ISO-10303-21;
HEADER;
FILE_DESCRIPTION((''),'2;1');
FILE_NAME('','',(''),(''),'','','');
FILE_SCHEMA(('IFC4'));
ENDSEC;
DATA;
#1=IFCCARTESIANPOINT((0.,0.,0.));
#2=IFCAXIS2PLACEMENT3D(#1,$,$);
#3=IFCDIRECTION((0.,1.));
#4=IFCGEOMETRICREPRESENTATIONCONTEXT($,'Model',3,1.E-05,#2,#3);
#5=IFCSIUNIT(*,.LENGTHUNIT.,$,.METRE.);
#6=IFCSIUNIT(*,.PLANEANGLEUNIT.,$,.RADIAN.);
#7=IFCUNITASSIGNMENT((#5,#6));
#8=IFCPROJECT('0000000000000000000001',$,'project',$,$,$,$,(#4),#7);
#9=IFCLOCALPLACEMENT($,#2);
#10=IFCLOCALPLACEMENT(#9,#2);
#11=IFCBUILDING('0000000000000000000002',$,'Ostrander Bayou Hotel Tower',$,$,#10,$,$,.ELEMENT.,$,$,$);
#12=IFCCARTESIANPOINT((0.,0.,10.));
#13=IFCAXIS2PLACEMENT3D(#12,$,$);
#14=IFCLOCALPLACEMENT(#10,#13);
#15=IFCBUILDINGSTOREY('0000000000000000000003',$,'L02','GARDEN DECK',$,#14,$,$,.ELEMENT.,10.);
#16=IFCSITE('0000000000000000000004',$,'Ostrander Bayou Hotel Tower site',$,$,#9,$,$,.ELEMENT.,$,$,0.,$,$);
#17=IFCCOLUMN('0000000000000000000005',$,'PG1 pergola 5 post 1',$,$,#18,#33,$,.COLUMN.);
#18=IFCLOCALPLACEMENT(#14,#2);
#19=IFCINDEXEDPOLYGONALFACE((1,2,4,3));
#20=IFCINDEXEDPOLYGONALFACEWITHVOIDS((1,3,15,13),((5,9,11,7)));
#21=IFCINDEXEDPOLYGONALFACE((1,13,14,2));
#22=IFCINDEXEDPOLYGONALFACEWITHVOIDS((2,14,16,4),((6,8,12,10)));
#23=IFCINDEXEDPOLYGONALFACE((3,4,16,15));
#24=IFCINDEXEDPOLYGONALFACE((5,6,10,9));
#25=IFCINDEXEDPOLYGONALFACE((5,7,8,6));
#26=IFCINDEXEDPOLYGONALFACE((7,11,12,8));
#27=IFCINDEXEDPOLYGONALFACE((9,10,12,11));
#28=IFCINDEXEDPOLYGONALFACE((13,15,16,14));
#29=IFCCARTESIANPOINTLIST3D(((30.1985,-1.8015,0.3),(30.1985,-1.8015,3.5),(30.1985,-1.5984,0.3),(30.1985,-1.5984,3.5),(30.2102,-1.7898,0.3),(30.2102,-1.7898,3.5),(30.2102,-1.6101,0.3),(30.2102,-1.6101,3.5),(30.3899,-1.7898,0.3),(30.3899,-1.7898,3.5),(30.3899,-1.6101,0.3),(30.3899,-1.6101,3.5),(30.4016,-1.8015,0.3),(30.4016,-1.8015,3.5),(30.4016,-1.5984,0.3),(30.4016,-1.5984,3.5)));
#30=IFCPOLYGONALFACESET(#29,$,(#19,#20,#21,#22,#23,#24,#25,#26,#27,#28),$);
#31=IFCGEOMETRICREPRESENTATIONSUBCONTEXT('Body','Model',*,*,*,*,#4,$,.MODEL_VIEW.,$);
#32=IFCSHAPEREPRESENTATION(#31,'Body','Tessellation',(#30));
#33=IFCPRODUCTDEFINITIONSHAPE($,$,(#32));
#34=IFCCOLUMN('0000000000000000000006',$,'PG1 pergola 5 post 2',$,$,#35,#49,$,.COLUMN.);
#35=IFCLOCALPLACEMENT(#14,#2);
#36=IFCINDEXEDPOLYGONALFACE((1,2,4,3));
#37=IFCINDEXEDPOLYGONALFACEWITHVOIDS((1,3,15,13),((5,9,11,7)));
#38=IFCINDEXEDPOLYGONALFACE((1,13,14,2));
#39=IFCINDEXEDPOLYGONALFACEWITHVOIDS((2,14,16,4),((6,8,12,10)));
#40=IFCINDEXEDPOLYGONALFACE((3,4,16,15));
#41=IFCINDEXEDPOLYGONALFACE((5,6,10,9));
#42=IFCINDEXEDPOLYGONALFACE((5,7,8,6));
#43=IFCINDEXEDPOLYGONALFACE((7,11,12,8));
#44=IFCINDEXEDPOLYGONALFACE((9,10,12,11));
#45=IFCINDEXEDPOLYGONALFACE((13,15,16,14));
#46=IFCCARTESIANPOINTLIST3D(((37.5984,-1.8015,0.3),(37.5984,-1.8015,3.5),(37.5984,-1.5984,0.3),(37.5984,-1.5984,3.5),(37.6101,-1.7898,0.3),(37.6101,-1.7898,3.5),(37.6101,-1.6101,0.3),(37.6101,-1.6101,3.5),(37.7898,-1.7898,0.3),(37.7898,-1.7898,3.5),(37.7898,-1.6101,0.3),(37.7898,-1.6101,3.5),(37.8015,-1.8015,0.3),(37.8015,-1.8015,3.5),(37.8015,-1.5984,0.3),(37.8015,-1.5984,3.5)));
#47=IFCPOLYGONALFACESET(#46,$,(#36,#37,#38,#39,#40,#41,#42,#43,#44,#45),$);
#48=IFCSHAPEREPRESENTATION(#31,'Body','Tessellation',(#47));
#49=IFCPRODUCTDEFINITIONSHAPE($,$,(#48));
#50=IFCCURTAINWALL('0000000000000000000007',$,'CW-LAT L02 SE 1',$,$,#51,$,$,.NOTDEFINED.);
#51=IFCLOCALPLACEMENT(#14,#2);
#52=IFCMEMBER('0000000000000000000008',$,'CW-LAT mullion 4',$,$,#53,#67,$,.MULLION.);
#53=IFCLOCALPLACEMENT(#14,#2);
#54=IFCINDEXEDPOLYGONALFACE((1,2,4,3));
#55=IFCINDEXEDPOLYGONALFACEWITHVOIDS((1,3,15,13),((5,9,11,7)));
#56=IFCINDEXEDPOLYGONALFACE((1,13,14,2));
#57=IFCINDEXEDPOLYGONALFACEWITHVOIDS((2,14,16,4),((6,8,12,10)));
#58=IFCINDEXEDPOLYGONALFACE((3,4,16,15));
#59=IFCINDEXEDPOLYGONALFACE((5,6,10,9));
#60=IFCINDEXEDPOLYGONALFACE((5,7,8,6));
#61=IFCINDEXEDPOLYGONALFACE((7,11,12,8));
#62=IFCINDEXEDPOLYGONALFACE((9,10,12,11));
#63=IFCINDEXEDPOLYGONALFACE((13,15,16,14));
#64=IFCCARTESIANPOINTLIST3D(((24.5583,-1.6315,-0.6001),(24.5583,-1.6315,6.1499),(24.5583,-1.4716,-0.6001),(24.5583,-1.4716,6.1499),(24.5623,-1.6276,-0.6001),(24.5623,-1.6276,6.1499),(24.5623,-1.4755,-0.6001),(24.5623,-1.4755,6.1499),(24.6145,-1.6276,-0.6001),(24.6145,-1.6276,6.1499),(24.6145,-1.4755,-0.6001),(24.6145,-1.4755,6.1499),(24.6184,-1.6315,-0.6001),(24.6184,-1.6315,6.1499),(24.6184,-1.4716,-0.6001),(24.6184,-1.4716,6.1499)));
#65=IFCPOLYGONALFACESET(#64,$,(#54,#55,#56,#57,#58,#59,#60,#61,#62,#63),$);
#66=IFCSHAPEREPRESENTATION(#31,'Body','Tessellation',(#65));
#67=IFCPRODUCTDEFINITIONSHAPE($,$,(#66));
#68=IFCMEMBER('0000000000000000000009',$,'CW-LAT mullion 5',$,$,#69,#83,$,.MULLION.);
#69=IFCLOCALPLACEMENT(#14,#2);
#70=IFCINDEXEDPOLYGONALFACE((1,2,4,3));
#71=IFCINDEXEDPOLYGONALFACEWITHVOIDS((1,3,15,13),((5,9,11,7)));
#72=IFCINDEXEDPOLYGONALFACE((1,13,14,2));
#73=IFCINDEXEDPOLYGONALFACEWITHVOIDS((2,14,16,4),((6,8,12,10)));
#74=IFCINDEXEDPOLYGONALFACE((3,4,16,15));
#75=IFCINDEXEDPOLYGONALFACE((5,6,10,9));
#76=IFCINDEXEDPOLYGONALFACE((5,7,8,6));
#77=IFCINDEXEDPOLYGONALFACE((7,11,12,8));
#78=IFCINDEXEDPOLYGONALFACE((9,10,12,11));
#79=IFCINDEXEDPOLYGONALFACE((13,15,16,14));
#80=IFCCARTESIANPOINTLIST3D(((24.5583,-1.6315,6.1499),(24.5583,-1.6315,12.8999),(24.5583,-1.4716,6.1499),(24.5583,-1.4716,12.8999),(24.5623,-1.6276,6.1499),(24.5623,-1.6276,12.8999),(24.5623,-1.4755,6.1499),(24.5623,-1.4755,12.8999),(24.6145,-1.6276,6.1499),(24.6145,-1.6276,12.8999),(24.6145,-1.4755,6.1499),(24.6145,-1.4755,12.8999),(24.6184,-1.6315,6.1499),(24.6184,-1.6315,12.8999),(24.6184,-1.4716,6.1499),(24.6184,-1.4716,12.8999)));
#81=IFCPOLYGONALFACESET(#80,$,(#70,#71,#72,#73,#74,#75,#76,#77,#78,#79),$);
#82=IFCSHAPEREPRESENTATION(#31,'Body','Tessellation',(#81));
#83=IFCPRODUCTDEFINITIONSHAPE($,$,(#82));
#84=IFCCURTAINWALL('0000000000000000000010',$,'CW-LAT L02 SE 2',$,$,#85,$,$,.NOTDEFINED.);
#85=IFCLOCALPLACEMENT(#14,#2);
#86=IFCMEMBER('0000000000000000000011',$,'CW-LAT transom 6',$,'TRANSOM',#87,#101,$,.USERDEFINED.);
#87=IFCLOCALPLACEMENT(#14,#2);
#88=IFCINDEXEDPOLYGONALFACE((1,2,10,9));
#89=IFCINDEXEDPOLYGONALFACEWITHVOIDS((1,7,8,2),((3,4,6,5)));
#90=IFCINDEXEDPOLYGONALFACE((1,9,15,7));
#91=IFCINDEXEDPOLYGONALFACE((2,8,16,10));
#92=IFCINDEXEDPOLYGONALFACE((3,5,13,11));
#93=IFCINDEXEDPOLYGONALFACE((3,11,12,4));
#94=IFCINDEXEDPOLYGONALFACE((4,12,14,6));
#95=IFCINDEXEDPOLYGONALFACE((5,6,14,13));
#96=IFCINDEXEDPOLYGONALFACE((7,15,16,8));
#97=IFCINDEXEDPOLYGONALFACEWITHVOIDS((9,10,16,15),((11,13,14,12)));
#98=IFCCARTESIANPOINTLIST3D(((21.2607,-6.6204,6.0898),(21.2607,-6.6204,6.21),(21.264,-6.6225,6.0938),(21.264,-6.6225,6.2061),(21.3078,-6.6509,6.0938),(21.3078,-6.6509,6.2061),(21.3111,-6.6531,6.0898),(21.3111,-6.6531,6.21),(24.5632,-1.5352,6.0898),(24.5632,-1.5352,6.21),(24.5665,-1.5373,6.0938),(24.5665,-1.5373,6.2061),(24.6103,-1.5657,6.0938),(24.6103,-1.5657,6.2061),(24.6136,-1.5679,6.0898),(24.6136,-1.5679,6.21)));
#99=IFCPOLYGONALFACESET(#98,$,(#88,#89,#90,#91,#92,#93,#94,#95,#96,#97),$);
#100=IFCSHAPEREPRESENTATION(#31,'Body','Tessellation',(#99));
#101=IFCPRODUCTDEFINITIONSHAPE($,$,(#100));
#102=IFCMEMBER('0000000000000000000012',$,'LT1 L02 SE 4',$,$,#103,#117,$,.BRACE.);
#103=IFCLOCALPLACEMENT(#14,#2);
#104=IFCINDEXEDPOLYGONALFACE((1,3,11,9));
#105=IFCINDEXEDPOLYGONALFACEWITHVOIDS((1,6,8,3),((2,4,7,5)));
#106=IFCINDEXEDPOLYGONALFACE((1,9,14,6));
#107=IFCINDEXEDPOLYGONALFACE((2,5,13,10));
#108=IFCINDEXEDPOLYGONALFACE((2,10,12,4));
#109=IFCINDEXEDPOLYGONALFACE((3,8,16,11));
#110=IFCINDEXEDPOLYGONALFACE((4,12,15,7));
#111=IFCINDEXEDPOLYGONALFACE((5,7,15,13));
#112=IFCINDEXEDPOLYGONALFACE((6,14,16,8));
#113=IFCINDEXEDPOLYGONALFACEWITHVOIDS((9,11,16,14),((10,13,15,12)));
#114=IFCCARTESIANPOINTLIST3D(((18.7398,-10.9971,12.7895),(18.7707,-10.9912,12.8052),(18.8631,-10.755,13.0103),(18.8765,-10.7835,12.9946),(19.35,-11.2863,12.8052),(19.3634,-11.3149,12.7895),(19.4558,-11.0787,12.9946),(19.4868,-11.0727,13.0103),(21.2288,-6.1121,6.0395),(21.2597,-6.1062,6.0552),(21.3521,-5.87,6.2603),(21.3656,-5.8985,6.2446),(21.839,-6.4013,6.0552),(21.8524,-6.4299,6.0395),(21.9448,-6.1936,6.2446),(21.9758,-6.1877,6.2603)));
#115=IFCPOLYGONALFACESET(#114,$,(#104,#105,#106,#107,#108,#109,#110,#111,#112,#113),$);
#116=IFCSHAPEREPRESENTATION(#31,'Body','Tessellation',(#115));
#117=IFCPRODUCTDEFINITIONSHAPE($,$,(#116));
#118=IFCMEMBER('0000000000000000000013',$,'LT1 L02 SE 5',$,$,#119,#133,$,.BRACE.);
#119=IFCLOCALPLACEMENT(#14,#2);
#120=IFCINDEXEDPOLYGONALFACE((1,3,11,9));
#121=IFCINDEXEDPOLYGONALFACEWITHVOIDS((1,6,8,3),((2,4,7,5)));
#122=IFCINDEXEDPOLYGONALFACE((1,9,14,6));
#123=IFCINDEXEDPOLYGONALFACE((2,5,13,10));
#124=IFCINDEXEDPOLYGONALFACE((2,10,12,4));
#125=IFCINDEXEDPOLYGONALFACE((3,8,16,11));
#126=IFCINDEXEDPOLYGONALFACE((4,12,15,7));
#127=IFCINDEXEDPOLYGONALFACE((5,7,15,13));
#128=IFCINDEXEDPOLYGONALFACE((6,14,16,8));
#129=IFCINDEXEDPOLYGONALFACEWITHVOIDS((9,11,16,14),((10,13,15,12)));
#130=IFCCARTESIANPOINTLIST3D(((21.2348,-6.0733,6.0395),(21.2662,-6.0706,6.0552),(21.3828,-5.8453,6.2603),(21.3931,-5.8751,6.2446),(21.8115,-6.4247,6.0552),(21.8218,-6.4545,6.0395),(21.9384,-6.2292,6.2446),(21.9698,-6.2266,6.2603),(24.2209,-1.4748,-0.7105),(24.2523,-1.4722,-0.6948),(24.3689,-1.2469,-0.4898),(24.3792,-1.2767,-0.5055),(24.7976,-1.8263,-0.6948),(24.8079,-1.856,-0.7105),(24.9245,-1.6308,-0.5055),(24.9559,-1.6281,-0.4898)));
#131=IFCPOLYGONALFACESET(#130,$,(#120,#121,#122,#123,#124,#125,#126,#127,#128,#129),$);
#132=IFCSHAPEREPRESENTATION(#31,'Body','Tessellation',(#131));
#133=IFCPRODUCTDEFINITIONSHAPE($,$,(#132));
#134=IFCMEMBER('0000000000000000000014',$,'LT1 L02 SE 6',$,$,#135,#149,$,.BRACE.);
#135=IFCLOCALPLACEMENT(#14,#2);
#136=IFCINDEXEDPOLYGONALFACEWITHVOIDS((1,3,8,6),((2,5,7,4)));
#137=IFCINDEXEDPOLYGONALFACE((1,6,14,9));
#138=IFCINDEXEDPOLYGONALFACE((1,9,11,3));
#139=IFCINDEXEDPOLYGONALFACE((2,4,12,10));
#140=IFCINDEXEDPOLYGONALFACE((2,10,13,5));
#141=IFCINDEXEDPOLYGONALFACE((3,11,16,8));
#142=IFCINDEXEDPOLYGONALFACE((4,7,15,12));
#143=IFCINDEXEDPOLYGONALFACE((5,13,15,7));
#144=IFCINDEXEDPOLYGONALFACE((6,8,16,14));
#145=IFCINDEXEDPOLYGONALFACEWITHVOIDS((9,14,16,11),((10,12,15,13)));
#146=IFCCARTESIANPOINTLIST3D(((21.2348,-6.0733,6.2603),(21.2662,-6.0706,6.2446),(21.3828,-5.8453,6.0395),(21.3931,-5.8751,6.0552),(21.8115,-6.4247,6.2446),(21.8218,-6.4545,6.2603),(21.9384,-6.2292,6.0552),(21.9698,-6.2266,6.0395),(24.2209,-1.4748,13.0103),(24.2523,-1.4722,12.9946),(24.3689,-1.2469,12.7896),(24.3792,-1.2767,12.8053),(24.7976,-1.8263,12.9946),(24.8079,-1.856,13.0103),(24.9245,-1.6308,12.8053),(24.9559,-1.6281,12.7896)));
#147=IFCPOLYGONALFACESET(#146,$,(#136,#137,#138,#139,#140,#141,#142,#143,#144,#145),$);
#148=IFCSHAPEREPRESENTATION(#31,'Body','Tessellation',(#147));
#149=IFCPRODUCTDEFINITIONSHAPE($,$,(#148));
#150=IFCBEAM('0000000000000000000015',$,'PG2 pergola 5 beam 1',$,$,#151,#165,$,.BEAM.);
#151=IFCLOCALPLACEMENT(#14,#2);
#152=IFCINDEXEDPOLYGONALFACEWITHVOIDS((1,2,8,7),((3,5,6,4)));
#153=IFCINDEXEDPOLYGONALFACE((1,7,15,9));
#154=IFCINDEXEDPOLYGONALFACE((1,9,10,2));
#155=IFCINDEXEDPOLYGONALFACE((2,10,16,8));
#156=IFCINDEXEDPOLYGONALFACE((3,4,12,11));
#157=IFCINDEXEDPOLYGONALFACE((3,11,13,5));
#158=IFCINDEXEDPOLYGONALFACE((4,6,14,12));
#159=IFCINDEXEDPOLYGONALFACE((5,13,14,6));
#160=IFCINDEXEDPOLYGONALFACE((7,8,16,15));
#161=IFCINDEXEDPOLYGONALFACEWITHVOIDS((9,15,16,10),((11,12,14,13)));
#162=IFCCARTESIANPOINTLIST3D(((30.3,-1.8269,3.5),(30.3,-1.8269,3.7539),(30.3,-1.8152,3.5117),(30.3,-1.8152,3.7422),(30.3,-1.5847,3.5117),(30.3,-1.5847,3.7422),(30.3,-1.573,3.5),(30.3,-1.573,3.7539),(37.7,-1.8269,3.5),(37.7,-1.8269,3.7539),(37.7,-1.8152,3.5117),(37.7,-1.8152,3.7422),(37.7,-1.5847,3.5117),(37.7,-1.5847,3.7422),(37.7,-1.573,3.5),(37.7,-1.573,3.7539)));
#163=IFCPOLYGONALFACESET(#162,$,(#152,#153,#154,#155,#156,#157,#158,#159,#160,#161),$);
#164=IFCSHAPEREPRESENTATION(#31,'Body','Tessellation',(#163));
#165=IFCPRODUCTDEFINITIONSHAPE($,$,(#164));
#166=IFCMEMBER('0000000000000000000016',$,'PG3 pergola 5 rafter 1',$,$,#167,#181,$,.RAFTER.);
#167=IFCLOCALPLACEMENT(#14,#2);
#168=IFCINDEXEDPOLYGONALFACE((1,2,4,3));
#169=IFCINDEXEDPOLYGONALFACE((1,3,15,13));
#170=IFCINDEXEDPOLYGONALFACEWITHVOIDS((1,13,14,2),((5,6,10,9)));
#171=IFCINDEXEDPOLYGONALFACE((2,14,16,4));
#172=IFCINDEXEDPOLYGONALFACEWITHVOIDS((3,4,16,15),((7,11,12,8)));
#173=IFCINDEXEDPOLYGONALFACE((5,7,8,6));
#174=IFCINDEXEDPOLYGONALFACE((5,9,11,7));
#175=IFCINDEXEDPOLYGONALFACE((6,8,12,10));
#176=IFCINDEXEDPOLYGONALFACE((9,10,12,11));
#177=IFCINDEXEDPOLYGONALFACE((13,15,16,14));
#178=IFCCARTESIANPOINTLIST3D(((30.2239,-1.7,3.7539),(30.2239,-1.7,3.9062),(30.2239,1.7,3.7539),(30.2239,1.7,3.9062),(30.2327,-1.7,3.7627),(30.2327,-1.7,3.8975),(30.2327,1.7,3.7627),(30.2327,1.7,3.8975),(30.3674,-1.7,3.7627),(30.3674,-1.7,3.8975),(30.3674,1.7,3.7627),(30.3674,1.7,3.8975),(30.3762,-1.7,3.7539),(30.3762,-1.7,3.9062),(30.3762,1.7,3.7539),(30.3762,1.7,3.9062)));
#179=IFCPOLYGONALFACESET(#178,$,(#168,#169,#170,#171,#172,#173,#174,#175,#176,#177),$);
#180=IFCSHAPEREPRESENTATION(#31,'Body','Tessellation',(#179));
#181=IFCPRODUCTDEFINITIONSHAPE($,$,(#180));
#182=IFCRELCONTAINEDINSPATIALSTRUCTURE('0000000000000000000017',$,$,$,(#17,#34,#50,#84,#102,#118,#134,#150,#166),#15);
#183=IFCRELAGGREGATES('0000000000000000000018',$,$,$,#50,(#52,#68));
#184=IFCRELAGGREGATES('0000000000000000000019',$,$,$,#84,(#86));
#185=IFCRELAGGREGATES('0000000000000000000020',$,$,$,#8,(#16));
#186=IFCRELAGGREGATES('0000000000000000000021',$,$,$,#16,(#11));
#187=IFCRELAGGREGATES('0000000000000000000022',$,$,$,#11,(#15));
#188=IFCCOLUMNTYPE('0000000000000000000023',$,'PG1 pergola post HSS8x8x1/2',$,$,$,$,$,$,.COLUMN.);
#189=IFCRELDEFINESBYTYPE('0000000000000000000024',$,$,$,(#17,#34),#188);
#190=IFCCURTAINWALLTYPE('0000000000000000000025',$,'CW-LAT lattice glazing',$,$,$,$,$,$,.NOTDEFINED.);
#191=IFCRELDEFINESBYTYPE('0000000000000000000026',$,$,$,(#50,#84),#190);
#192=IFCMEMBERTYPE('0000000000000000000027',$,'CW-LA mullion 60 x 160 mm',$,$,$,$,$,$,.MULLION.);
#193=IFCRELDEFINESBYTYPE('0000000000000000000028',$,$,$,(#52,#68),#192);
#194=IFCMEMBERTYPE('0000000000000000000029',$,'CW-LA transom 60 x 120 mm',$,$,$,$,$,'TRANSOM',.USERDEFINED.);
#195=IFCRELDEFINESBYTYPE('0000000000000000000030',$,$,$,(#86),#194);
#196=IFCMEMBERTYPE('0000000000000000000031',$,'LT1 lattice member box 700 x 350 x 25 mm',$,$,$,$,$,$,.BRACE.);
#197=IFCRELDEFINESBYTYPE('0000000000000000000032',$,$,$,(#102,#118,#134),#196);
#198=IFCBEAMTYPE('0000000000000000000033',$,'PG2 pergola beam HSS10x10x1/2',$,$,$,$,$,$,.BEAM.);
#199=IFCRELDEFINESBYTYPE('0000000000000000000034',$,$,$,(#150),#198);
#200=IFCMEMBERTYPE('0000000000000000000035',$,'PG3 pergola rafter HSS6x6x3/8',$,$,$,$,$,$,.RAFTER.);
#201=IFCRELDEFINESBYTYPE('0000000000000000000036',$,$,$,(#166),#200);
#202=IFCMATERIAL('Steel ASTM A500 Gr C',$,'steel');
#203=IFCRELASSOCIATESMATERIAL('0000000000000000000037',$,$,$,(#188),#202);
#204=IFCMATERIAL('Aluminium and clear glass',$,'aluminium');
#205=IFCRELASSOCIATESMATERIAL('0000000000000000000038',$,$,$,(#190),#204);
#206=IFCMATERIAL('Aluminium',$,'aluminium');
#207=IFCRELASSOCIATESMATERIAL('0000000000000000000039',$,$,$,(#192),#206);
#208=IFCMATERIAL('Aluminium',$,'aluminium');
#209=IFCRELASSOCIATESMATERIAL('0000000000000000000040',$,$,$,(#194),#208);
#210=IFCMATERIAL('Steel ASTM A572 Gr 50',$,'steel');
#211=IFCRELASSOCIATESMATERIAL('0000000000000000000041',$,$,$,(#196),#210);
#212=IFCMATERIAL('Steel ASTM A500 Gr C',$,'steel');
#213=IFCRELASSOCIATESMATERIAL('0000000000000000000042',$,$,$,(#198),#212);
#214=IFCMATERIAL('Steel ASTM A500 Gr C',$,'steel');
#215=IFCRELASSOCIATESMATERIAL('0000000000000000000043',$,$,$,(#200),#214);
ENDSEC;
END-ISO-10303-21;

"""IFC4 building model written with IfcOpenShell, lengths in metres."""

from ifc_helpers import new_model, si_unit, direction, frame, origin, origin_2d, place, context, subcontext, project, spatial, hollow_rectangle, extrude, material, material_profile, profile_set, type_object, element, aggregate, save


model = new_model("IFC4")

# Units and contexts
model_context = context("Model", 3, precision=1e-05, world=origin(), true_north=direction((0.0, 1.0)))
body_context = subcontext(model_context, "Body", "Model", "MODEL_VIEW")
ifc_project = project(units=[si_unit("LENGTHUNIT", "METRE"), si_unit("PLANEANGLEUNIT", "RADIAN")], contexts=[model_context])

# Site, building, storey
site_placement = place(None, origin())
site = spatial("IfcSite", under=ifc_project, at=site_placement, Name="Ostrander Bayou Hotel Tower site", CompositionType="ELEMENT", RefElevation=0.0)
building_placement = place(site_placement, origin())
building = spatial("IfcBuilding", under=site, at=building_placement, Name="Ostrander Bayou Hotel Tower", CompositionType="ELEMENT")
storey_placement = place(building_placement, frame((0.0, 0.0, 10.0)))
storey = spatial("IfcBuildingStorey", under=building, at=storey_placement, Name="L02", Description="GARDEN DECK", CompositionType="ELEMENT", Elevation=10.0)

# Columns
ifc_material_1 = material(Name="Steel ASTM A500 Gr C", Category="steel")
ifc_material_profile_1 = material_profile(ifc_material_1, hollow_rectangle(XDim=0.2031, YDim=0.2031, WallThickness=0.0117, at=origin_2d()))
ifc_profile_set_1 = profile_set([ifc_material_profile_1], Name="Steel ASTM A500 Gr C")
column_type = type_object("IfcColumnType", Name="PG1 pergola post HSS8x8x1/2", PredefinedType="COLUMN", material=ifc_profile_set_1)
for number, where, z_axis, x_axis, name in (
    (1, (30.3, -1.7, 0.3), (0.0, 0.0, 1.0), (1.0, 0.0, 0.0), "PG1 pergola 5 post 1"),
    (2, (37.7, -1.7, 0.3), (0.0, 0.0, 1.0), (1.0, 0.0, 0.0), "PG1 pergola 5 post 2"),
):
    element("IfcColumn", number, at=place(storey_placement, frame(where, z_axis=z_axis, x_axis=x_axis)), inside=storey, type_object=column_type, Name=name, PredefinedType="COLUMN", context=body_context, shape_type="SweptSolid", body=[
        extrude(hollow_rectangle(XDim=0.2031, YDim=0.2031, WallThickness=0.0117, at=origin_2d()), origin(), (0.0, 0.0, 1.0), 3.2),
    ])

# Curtain wall, members
ifc_material_2 = material(Name="Aluminium and clear glass", Category="aluminium")
curtain_wall_type = type_object("IfcCurtainWallType", Name="CW-LAT lattice glazing", PredefinedType="NOTDEFINED", material=ifc_material_2)
curtain_wall_1_placement = place(storey_placement, origin())
curtain_wall_1 = element("IfcCurtainWall", 3, at=curtain_wall_1_placement, inside=storey, type_object=curtain_wall_type, Name="CW-LAT L02 SE 1", PredefinedType="NOTDEFINED")
ifc_material_3 = material(Name="Aluminium", Category="aluminium")
ifc_material_profile_2 = material_profile(ifc_material_3, hollow_rectangle(XDim=0.0601, YDim=0.1599, WallThickness=0.0039, at=origin_2d()))
ifc_profile_set_2 = profile_set([ifc_material_profile_2], Name="Aluminium")
member_type_1 = type_object("IfcMemberType", Name="CW-LA mullion 60 x 160 mm", PredefinedType="MULLION", material=ifc_profile_set_2)
member_1_placement = place(storey_placement, frame((24.5884, -1.5515, -0.6001), z_axis=(0.0, 0.0, 1.0), x_axis=(1.0, 0.0, 0.0)))
member_1 = element("IfcMember", 4, at=member_1_placement, type_object=member_type_1, Name="CW-LAT mullion 4", PredefinedType="MULLION", context=body_context, shape_type="SweptSolid", body=[
    extrude(hollow_rectangle(XDim=0.0601, YDim=0.1599, WallThickness=0.0039, at=origin_2d()), origin(), (0.0, 0.0, 1.0), 6.75),
])
member_2_placement = place(storey_placement, frame((24.5884, -1.5515, 6.1499), z_axis=(0.0, 0.0, 1.0), x_axis=(1.0, 0.0, 0.0)))
member_2 = element("IfcMember", 5, at=member_2_placement, type_object=member_type_1, Name="CW-LAT mullion 5", PredefinedType="MULLION", context=body_context, shape_type="SweptSolid", body=[
    extrude(hollow_rectangle(XDim=0.0601, YDim=0.1599, WallThickness=0.0039, at=origin_2d()), origin(), (0.0, 0.0, 1.0), 6.75),
])

# Curtain wall, member
curtain_wall_2_placement = place(storey_placement, origin())
curtain_wall_2 = element("IfcCurtainWall", 6, at=curtain_wall_2_placement, inside=storey, type_object=curtain_wall_type, Name="CW-LAT L02 SE 2", PredefinedType="NOTDEFINED")
ifc_material_4 = material(Name="Aluminium", Category="aluminium")
ifc_material_profile_3 = material_profile(ifc_material_4, hollow_rectangle(XDim=0.0601, YDim=0.1201, WallThickness=0.0039, at=origin_2d()))
ifc_profile_set_3 = profile_set([ifc_material_profile_3], Name="Aluminium")
member_type_2 = type_object("IfcMemberType", Name="CW-LA transom 60 x 120 mm", ElementType="TRANSOM", PredefinedType="USERDEFINED", material=ifc_profile_set_3)
member_3_placement = place(storey_placement, frame((24.5884, -1.5515, 6.1499), z_axis=(-0.544653, -0.838662, 0.0), x_axis=(0.838662, -0.544653, 0.0)))
member_3 = element("IfcMember", 7, at=member_3_placement, type_object=member_type_2, Name="CW-LAT transom 6", ObjectType="TRANSOM", PredefinedType="USERDEFINED", context=body_context, shape_type="SweptSolid", body=[
    extrude(hollow_rectangle(XDim=0.0601, YDim=0.1201, WallThickness=0.0039, at=origin_2d()), origin(), (0.0, 0.0, 1.0), 6.0635),
])

# Members
ifc_material_5 = material(Name="Steel ASTM A572 Gr 50", Category="steel")
ifc_material_profile_4 = material_profile(ifc_material_5, hollow_rectangle(XDim=0.7, YDim=0.3501, WallThickness=0.0249, at=origin_2d()))
ifc_profile_set_4 = profile_set([ifc_material_profile_4], Name="Steel ASTM A572 Gr 50")
member_type_3 = type_object("IfcMemberType", Name="LT1 lattice member box 700 x 350 x 25 mm", PredefinedType="BRACE", material=ifc_profile_set_4)
member_4_placement = place(storey_placement, frame((21.6023, -6.1499, 6.1499), z_axis=(-0.286224, -0.561751, 0.776216), x_axis=(0.891008, -0.453987, 0.0)))
element("IfcMember", 8, at=member_4_placement, inside=storey, type_object=member_type_3, Name="LT1 L02 SE 4", PredefinedType="BRACE", context=body_context, shape_type="SweptSolid", body=[
    extrude(hollow_rectangle(XDim=0.7, YDim=0.3501, WallThickness=0.0249, at=origin_2d()), origin(), (0.0, 0.0, 1.0), 8.696),
])
for number, where, z_axis, x_axis, name in (
    (9, (21.6023, -6.1499, 6.1499), (0.343377, 0.52878, -0.776199), (-0.838683, 0.54462, 0.0), "LT1 L02 SE 5"),
    (10, (21.6023, -6.1499, 6.1499), (0.343377, 0.52878, 0.776199), (-0.838683, 0.54462, 0.0), "LT1 L02 SE 6"),
):
    element("IfcMember", number, at=place(storey_placement, frame(where, z_axis=z_axis, x_axis=x_axis)), inside=storey, type_object=member_type_3, Name=name, PredefinedType="BRACE", context=body_context, shape_type="SweptSolid", body=[
        extrude(hollow_rectangle(XDim=0.7, YDim=0.3501, WallThickness=0.0249, at=origin_2d()), origin(), (0.0, 0.0, 1.0), 8.6963),
    ])

# Beam
ifc_material_6 = material(Name="Steel ASTM A500 Gr C", Category="steel")
ifc_material_profile_5 = material_profile(ifc_material_6, hollow_rectangle(XDim=0.2539, YDim=0.2539, WallThickness=0.0117, at=origin_2d()))
ifc_profile_set_5 = profile_set([ifc_material_profile_5], Name="Steel ASTM A500 Gr C")
beam_type_1 = type_object("IfcBeamType", Name="PG2 pergola beam HSS10x10x1/2", PredefinedType="BEAM", material=ifc_profile_set_5)
beam_1_placement = place(storey_placement, frame((30.3, -1.7, 3.627), z_axis=(1.0, 0.0, 0.0), x_axis=(0.0, 1.0, 0.0)))
element("IfcBeam", 11, at=beam_1_placement, inside=storey, type_object=beam_type_1, Name="PG2 pergola 5 beam 1", PredefinedType="BEAM", context=body_context, shape_type="SweptSolid", body=[
    extrude(hollow_rectangle(XDim=0.2539, YDim=0.2539, WallThickness=0.0117, at=origin_2d()), origin(), (0.0, 0.0, 1.0), 7.3999),
])

# Member
ifc_material_7 = material(Name="Steel ASTM A500 Gr C", Category="steel")
ifc_material_profile_6 = material_profile(ifc_material_7, hollow_rectangle(XDim=0.1523, YDim=0.1523, WallThickness=0.0088, at=origin_2d()))
ifc_profile_set_6 = profile_set([ifc_material_profile_6], Name="Steel ASTM A500 Gr C")
member_type_4 = type_object("IfcMemberType", Name="PG3 pergola rafter HSS6x6x3/8", PredefinedType="RAFTER", material=ifc_profile_set_6)
for number, where, z_axis, x_axis, name in (
    (12, (30.3, -1.7, 3.8301), (0.0, 1.0, 0.0), (-1.0, 0.0, 0.0), "PG3 pergola 5 rafter 1"),
):
    element("IfcMember", number, at=place(storey_placement, frame(where, z_axis=z_axis, x_axis=x_axis)), inside=storey, type_object=member_type_4, Name=name, PredefinedType="RAFTER", context=body_context, shape_type="SweptSolid", body=[
        extrude(hollow_rectangle(XDim=0.1523, YDim=0.1523, WallThickness=0.0088, at=origin_2d()), origin(), (0.0, 0.0, 1.0), 3.3999),
    ])

aggregate(curtain_wall_1, [member_1, member_2])
aggregate(curtain_wall_2, [member_3])

save(model, "model.ifc")
